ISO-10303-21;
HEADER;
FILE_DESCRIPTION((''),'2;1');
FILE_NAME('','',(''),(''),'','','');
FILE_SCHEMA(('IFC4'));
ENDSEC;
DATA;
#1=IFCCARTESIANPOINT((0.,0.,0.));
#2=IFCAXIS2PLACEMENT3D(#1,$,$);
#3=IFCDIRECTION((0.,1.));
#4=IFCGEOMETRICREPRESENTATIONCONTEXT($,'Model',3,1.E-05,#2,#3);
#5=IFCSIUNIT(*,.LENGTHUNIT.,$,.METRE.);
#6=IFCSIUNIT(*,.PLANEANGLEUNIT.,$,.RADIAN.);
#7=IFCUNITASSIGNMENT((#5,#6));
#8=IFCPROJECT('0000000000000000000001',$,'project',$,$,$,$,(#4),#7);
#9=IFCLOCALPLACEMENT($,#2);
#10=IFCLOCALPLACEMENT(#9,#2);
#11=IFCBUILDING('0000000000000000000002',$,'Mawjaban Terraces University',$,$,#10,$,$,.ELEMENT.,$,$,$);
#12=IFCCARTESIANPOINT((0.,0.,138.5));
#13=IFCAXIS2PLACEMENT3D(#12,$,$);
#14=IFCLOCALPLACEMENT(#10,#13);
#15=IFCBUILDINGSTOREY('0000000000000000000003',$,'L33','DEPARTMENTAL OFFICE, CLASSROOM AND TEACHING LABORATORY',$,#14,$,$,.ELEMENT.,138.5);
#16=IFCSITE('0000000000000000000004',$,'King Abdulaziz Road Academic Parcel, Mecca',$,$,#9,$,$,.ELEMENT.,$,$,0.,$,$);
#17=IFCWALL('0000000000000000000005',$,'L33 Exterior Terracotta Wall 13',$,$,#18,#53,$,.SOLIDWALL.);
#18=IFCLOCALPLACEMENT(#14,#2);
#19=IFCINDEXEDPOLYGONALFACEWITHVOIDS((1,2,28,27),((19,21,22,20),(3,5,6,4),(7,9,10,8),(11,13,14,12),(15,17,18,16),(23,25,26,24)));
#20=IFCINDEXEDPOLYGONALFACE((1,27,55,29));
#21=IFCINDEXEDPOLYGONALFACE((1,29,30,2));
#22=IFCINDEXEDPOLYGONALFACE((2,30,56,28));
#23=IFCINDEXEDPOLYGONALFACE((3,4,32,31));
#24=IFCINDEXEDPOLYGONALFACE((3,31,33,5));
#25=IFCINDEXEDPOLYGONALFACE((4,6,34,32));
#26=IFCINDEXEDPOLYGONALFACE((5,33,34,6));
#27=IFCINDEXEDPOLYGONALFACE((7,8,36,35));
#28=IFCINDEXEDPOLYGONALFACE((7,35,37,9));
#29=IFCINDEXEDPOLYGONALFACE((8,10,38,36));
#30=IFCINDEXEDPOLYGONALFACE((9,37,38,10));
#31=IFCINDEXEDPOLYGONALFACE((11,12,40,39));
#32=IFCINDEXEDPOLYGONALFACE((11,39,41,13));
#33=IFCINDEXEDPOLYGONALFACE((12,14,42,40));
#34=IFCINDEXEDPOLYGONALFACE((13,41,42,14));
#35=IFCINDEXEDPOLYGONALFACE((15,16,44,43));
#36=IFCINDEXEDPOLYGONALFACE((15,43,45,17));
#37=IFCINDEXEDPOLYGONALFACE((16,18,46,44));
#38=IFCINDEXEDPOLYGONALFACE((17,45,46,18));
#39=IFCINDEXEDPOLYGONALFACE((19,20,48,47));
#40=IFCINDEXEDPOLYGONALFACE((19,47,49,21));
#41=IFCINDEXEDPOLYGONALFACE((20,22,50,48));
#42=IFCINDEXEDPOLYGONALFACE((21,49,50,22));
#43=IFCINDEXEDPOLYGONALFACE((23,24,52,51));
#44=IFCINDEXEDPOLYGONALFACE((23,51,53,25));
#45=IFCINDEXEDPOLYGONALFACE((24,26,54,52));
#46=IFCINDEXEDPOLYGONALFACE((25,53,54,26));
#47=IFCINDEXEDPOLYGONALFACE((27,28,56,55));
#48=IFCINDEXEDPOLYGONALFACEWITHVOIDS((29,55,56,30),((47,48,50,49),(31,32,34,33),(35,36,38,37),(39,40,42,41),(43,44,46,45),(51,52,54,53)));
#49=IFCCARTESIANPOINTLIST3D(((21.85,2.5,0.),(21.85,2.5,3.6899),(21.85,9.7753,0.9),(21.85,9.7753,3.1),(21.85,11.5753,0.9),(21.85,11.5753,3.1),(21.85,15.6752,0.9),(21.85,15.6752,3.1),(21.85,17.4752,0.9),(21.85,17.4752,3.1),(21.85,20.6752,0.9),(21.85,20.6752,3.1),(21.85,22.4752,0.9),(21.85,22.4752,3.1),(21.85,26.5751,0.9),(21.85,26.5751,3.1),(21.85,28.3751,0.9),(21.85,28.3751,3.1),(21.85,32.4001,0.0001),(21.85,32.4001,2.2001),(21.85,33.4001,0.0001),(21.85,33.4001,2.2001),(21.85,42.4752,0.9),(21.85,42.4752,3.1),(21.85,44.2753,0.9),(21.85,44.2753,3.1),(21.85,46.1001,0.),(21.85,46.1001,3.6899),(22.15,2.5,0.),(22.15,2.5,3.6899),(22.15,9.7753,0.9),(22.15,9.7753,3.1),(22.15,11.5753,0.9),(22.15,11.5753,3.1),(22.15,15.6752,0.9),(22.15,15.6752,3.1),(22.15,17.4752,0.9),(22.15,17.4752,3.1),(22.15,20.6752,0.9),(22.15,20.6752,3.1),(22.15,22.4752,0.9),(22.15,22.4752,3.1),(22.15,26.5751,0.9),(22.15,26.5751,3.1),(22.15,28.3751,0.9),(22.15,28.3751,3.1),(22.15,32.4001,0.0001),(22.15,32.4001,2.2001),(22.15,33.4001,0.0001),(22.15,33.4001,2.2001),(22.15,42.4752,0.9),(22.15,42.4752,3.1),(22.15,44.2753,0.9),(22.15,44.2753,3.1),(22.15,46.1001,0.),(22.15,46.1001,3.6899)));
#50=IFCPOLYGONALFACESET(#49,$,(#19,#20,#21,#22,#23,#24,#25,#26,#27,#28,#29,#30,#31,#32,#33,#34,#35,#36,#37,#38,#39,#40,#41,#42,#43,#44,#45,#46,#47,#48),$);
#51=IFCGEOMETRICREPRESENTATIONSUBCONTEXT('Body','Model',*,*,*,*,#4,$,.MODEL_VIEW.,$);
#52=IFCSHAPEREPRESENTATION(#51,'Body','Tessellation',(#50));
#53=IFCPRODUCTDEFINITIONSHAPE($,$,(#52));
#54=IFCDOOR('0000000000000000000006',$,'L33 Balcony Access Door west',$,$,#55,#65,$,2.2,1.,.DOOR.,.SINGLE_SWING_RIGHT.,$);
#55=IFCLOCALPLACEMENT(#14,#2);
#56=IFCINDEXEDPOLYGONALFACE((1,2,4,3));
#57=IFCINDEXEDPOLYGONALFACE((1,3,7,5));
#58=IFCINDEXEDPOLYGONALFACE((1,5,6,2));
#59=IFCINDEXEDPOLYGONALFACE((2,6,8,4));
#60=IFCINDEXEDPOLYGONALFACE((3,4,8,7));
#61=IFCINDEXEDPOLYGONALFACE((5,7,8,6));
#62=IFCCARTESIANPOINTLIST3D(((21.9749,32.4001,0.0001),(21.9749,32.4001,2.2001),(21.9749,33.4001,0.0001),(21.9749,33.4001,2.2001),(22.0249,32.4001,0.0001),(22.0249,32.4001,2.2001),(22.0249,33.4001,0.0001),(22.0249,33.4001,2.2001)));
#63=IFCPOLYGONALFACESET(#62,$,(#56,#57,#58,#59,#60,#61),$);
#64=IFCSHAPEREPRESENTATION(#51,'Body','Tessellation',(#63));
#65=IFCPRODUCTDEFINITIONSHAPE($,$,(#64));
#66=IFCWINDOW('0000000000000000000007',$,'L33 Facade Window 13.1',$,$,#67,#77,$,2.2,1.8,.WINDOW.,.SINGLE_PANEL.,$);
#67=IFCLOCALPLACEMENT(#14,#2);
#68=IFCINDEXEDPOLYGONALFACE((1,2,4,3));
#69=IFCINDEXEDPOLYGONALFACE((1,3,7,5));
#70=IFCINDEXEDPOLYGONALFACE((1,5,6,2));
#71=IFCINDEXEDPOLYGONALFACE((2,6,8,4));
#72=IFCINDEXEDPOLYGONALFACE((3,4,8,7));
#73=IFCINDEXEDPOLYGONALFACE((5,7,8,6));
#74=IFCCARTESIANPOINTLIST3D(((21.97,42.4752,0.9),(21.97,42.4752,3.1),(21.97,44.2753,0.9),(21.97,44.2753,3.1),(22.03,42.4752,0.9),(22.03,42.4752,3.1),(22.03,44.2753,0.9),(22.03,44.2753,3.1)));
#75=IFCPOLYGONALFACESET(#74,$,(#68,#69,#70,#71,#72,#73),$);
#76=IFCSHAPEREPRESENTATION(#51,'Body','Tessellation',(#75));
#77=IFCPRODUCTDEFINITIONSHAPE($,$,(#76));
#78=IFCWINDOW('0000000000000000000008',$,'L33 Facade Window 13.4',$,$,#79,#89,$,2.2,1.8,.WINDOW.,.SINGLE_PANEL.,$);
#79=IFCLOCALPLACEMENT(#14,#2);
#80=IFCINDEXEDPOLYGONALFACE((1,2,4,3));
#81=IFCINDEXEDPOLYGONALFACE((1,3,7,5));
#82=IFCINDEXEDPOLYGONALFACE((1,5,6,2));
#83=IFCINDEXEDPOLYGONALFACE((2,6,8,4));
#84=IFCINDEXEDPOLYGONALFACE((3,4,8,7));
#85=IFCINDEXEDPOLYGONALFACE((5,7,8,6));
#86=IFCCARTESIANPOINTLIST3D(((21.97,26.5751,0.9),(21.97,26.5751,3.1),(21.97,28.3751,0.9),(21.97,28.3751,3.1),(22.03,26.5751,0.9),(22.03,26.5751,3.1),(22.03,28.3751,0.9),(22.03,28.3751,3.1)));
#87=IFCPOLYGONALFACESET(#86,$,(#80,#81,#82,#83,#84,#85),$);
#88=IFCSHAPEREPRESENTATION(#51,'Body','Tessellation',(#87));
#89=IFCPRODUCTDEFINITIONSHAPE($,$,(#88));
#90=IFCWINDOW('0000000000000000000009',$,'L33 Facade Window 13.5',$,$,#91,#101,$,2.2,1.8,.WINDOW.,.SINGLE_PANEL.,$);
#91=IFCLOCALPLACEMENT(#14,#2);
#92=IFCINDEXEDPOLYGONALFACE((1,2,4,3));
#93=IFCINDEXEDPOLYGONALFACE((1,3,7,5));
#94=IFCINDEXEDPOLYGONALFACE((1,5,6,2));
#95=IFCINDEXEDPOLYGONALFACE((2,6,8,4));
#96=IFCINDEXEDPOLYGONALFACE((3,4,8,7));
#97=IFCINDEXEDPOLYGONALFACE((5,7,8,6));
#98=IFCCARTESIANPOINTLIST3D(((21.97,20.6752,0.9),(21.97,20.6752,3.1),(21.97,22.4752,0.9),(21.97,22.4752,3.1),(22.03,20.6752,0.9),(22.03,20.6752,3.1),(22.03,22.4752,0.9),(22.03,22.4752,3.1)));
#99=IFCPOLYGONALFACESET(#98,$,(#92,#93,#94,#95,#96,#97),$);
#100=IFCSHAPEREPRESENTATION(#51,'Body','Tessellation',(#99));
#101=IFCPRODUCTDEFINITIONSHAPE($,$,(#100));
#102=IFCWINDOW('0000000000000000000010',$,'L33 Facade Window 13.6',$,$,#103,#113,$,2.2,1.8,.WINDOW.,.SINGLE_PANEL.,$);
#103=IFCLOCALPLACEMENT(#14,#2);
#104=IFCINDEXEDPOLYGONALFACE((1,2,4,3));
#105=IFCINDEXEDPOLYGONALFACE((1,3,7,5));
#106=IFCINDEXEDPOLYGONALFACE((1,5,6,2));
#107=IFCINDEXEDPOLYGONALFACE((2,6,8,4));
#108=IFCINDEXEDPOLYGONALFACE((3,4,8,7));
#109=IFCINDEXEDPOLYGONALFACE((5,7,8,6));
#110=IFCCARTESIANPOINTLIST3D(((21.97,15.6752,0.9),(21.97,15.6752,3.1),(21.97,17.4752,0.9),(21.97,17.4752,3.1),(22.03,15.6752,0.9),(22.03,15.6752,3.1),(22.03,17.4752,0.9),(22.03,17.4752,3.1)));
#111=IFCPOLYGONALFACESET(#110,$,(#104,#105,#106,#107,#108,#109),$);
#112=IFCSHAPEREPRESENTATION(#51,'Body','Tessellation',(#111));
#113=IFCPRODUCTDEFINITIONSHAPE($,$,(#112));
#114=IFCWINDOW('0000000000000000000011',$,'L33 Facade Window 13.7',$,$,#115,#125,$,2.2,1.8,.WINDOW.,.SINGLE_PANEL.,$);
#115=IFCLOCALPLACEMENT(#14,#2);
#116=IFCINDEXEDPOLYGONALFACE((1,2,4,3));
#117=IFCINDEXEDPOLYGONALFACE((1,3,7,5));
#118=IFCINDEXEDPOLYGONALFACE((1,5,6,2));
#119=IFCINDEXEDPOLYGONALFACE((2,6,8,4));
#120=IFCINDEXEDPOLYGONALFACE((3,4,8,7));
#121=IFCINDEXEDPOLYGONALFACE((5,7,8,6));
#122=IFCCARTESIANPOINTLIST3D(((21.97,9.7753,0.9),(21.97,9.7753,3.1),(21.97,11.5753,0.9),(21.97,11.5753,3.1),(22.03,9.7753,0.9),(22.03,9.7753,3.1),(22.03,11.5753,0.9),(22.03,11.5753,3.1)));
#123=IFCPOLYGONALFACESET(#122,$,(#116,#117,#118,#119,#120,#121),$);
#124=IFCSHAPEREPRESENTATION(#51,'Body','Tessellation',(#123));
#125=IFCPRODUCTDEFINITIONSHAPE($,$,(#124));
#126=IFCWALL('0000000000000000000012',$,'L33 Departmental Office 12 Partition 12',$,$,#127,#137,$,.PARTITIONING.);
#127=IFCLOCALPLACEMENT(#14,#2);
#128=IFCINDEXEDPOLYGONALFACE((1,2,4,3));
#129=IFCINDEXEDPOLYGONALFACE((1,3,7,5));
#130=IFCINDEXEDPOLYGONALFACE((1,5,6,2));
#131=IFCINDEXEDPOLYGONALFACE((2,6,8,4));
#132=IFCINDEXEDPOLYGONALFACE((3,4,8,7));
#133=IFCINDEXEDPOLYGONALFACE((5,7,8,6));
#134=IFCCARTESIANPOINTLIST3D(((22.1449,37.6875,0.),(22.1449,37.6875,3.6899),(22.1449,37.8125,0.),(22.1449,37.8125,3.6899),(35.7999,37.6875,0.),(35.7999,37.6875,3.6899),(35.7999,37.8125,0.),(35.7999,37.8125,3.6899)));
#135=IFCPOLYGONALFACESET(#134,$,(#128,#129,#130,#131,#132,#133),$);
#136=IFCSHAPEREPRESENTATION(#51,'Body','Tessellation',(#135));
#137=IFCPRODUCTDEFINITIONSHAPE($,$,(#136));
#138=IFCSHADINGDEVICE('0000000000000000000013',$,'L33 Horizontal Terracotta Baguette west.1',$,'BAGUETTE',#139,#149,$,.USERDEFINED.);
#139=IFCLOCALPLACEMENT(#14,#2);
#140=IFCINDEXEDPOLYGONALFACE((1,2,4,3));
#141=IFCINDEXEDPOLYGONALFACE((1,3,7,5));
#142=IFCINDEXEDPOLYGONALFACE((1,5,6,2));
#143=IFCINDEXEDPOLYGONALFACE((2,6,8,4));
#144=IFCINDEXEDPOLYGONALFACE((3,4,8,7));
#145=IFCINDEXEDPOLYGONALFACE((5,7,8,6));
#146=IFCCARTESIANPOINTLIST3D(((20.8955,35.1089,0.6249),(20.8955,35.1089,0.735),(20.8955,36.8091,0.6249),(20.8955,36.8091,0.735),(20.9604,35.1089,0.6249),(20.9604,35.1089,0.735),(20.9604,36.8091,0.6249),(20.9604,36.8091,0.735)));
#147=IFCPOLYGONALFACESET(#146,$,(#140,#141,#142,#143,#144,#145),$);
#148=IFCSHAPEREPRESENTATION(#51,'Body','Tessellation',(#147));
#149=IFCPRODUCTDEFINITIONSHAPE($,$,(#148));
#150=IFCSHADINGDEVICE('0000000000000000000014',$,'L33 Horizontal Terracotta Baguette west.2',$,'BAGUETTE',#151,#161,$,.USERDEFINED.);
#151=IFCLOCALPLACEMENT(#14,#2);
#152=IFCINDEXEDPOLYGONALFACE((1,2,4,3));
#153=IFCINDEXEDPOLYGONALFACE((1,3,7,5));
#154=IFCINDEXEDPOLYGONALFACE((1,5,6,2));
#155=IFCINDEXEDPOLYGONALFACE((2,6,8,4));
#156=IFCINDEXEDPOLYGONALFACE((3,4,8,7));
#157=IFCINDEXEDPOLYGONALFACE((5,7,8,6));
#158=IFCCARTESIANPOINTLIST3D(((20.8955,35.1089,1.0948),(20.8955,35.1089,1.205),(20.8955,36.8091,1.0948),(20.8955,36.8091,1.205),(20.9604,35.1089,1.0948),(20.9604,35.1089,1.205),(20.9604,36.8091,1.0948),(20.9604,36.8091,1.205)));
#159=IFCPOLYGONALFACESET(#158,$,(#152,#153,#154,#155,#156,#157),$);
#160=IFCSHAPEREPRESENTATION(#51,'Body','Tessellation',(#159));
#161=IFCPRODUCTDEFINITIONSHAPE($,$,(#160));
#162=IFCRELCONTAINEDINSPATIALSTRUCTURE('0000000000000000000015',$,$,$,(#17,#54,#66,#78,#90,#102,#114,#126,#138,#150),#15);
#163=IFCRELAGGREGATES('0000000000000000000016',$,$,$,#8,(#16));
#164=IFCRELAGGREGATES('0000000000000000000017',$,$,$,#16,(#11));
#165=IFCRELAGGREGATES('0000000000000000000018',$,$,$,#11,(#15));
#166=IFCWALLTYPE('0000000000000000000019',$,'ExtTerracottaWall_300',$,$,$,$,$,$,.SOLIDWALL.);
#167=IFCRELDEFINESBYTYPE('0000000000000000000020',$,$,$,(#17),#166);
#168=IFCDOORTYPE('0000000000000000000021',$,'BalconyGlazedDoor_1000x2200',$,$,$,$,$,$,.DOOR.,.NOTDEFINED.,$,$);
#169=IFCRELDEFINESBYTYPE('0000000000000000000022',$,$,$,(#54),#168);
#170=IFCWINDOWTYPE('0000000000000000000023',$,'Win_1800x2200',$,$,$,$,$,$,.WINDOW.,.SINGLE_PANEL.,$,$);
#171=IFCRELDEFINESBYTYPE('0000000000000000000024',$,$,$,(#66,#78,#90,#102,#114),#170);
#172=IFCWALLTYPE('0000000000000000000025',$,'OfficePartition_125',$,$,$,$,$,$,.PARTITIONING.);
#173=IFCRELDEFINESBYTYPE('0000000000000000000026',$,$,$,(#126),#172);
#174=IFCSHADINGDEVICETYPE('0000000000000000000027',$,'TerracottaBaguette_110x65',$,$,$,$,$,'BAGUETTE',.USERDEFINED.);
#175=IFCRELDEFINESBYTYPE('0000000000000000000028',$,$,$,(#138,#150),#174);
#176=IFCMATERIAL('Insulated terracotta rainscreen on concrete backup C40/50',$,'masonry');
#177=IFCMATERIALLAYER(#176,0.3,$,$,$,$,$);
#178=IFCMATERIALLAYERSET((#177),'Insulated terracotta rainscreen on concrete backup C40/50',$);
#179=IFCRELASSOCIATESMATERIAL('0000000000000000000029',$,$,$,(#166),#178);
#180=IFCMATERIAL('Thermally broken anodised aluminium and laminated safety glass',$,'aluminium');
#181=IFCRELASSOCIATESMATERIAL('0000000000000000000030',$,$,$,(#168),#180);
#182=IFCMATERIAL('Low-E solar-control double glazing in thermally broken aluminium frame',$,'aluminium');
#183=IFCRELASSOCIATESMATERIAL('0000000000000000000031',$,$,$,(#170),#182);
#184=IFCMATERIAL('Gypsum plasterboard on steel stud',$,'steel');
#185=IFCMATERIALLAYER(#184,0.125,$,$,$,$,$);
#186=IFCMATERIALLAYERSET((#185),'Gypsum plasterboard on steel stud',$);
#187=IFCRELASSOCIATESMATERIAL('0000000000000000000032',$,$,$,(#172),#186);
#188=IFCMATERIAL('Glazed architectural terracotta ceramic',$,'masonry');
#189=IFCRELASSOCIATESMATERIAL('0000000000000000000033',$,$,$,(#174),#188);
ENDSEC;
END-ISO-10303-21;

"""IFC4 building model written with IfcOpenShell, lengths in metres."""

from ifc_helpers import new_model, si_unit, direction, frame, frame_2d, origin, origin_2d, place, context, subcontext, project, spatial, rectangle, extrude, material, layer, layer_set, material_profile, profile_set, type_object, element, fill, save


model = new_model("IFC4")

# Units and contexts
model_context = context("Model", 3, precision=1e-05, world=origin(), true_north=direction((0.0, 1.0)))
body_context = subcontext(model_context, "Body", "Model", "MODEL_VIEW")
ifc_project = project(units=[si_unit("LENGTHUNIT", "METRE"), si_unit("PLANEANGLEUNIT", "RADIAN")], contexts=[model_context])

# Site, building, storey
site_placement = place(None, origin())
site = spatial("IfcSite", under=ifc_project, at=site_placement, Name="King Abdulaziz Road Academic Parcel, Mecca", CompositionType="ELEMENT", RefElevation=0.0)
building_placement = place(site_placement, origin())
building = spatial("IfcBuilding", under=site, at=building_placement, Name="Mawjaban Terraces University", CompositionType="ELEMENT")
storey_placement = place(building_placement, frame((0.0, 0.0, 138.5)))
storey = spatial("IfcBuildingStorey", under=building, at=storey_placement, Name="L33", Description="DEPARTMENTAL OFFICE, CLASSROOM AND TEACHING LABORATORY", CompositionType="ELEMENT", Elevation=138.5)

# Shared definitions
ifc_material_1 = material(Name="Insulated terracotta rainscreen on concrete backup C40/50", Category="masonry")
ifc_layer_1 = layer(ifc_material_1, 0.3)
ifc_layer_set_1 = layer_set([ifc_layer_1], Name="Insulated terracotta rainscreen on concrete backup C40/50")
wall_type_1 = type_object("IfcWallType", Name="ExtTerracottaWall_300", PredefinedType="SOLIDWALL", material=ifc_layer_set_1)
ifc_material_2 = material(Name="Low-E solar-control double glazing in thermally broken aluminium frame", Category="aluminium")

# Wall, openings, door, windows
wall_1_placement = place(storey_placement, frame((22.0, 46.1001, 0.0), z_axis=(0.0, 0.0, 1.0), x_axis=(0.0, -1.0, 0.0)))
wall_1 = element("IfcWall", 1, at=wall_1_placement, inside=storey, type_object=wall_type_1, Name="L33 Exterior Terracotta Wall 13", PredefinedType="SOLIDWALL", context=body_context, shape_type="SweptSolid", body=[
    extrude(rectangle(XDim=43.6001, YDim=0.3, at=frame_2d((21.8, 0.0))), origin(), (0.0, 0.0, 1.0), 3.6899),
])
opening_1_placement = place(wall_1_placement, frame((12.7, 0.0, 0.0)))
opening_1 = element("IfcOpeningElement", 2, at=opening_1_placement, cuts=wall_1, PredefinedType="OPENING", context=body_context, shape_type="SweptSolid", body=[
    extrude(rectangle(XDim=1.0, YDim=2.2, at=frame_2d((0.5, 1.1001))), frame((0.0, 0.1599, 0.0), z_axis=(0.0, -1.0, 0.0), x_axis=(1.0, 0.0, 0.0)), (0.0, 0.0, 1.0), 0.3201),
])
opening_2_placement = place(wall_1_placement, frame((1.825, 0.0, 0.8999)))
opening_2 = element("IfcOpeningElement", 3, at=opening_2_placement, cuts=wall_1, PredefinedType="OPENING", context=body_context, shape_type="SweptSolid", body=[
    extrude(rectangle(XDim=1.8, YDim=2.2, at=frame_2d((0.8999, 1.1001))), frame((0.0, 0.1599, 0.0), z_axis=(0.0, -1.0, 0.0), x_axis=(1.0, 0.0, 0.0)), (0.0, 0.0, 1.0), 0.3201),
])
opening_3_placement = place(wall_1_placement, frame((17.7251, 0.0, 0.8999)))
opening_3 = element("IfcOpeningElement", 4, at=opening_3_placement, cuts=wall_1, PredefinedType="OPENING", context=body_context, shape_type="SweptSolid", body=[
    extrude(rectangle(XDim=1.8, YDim=2.2, at=frame_2d((0.8999, 1.1001))), frame((0.0, 0.1599, 0.0), z_axis=(0.0, -1.0, 0.0), x_axis=(1.0, 0.0, 0.0)), (0.0, 0.0, 1.0), 0.3201),
])
opening_4_placement = place(wall_1_placement, frame((23.625, 0.0, 0.8999)))
opening_4 = element("IfcOpeningElement", 5, at=opening_4_placement, cuts=wall_1, PredefinedType="OPENING", context=body_context, shape_type="SweptSolid", body=[
    extrude(rectangle(XDim=1.8, YDim=2.2, at=frame_2d((0.8999, 1.1001))), frame((0.0, 0.1599, 0.0), z_axis=(0.0, -1.0, 0.0), x_axis=(1.0, 0.0, 0.0)), (0.0, 0.0, 1.0), 0.3201),
])
opening_5_placement = place(wall_1_placement, frame((28.625, 0.0, 0.8999)))
opening_5 = element("IfcOpeningElement", 6, at=opening_5_placement, cuts=wall_1, PredefinedType="OPENING", context=body_context, shape_type="SweptSolid", body=[
    extrude(rectangle(XDim=1.8, YDim=2.2, at=frame_2d((0.8999, 1.1001))), frame((0.0, 0.1599, 0.0), z_axis=(0.0, -1.0, 0.0), x_axis=(1.0, 0.0, 0.0)), (0.0, 0.0, 1.0), 0.3201),
])
opening_6_placement = place(wall_1_placement, frame((34.5249, 0.0, 0.8999)))
opening_6 = element("IfcOpeningElement", 7, at=opening_6_placement, cuts=wall_1, PredefinedType="OPENING", context=body_context, shape_type="SweptSolid", body=[
    extrude(rectangle(XDim=1.8, YDim=2.2, at=frame_2d((0.8999, 1.1001))), frame((0.0, 0.1599, 0.0), z_axis=(0.0, -1.0, 0.0), x_axis=(1.0, 0.0, 0.0)), (0.0, 0.0, 1.0), 0.3201),
])
ifc_material_3 = material(Name="Thermally broken anodised aluminium and laminated safety glass", Category="aluminium")
door_type_1 = type_object("IfcDoorType", Name="BalconyGlazedDoor_1000x2200", OperationType="NOTDEFINED", PredefinedType="DOOR", material=ifc_material_3)
door_1_placement = place(opening_1_placement, origin())
door_1 = element("IfcDoor", 8, at=door_1_placement, inside=storey, type_object=door_type_1, Name="L33 Balcony Access Door west", OperationType="SINGLE_SWING_RIGHT", OverallHeight=2.2, OverallWidth=1.0, PredefinedType="DOOR", context=body_context, shape_type="SweptSolid", body=[
    extrude(rectangle(XDim=1.0, YDim=2.2, at=frame_2d((0.5, 1.1001))), frame((0.0, 0.0249, 0.0), z_axis=(0.0, -1.0, 0.0), x_axis=(1.0, 0.0, 0.0)), (0.0, 0.0, 1.0), 0.05),
])
fill(opening_1, door_1)
window_type_1 = type_object("IfcWindowType", Name="Win_1800x2200", PartitioningType="SINGLE_PANEL", PredefinedType="WINDOW", material=ifc_material_2)
window_1_placement = place(opening_2_placement, origin())
window_1 = element("IfcWindow", 9, at=window_1_placement, inside=storey, type_object=window_type_1, Name="L33 Facade Window 13.1", OverallHeight=2.2, OverallWidth=1.8, PartitioningType="SINGLE_PANEL", PredefinedType="WINDOW", context=body_context, shape_type="SweptSolid", body=[
    extrude(rectangle(XDim=1.8, YDim=2.2, at=frame_2d((0.8999, 1.1001))), frame((0.0, 0.03, 0.0), z_axis=(0.0, -1.0, 0.0), x_axis=(1.0, 0.0, 0.0)), (0.0, 0.0, 1.0), 0.0601),
])
fill(opening_2, window_1)
window_2_placement = place(opening_3_placement, origin())
window_2 = element("IfcWindow", 10, at=window_2_placement, inside=storey, type_object=window_type_1, Name="L33 Facade Window 13.4", OverallHeight=2.2, OverallWidth=1.8, PartitioningType="SINGLE_PANEL", PredefinedType="WINDOW", context=body_context, shape_type="SweptSolid", body=[
    extrude(rectangle(XDim=1.8, YDim=2.2, at=frame_2d((0.8999, 1.1001))), frame((0.0, 0.03, 0.0), z_axis=(0.0, -1.0, 0.0), x_axis=(1.0, 0.0, 0.0)), (0.0, 0.0, 1.0), 0.0601),
])
fill(opening_3, window_2)
window_3_placement = place(opening_4_placement, origin())
window_3 = element("IfcWindow", 11, at=window_3_placement, inside=storey, type_object=window_type_1, Name="L33 Facade Window 13.5", OverallHeight=2.2, OverallWidth=1.8, PartitioningType="SINGLE_PANEL", PredefinedType="WINDOW", context=body_context, shape_type="SweptSolid", body=[
    extrude(rectangle(XDim=1.8, YDim=2.2, at=frame_2d((0.8999, 1.1001))), frame((0.0, 0.03, 0.0), z_axis=(0.0, -1.0, 0.0), x_axis=(1.0, 0.0, 0.0)), (0.0, 0.0, 1.0), 0.0601),
])
fill(opening_4, window_3)
window_4_placement = place(opening_5_placement, origin())
window_4 = element("IfcWindow", 12, at=window_4_placement, inside=storey, type_object=window_type_1, Name="L33 Facade Window 13.6", OverallHeight=2.2, OverallWidth=1.8, PartitioningType="SINGLE_PANEL", PredefinedType="WINDOW", context=body_context, shape_type="SweptSolid", body=[
    extrude(rectangle(XDim=1.8, YDim=2.2, at=frame_2d((0.8999, 1.1001))), frame((0.0, 0.03, 0.0), z_axis=(0.0, -1.0, 0.0), x_axis=(1.0, 0.0, 0.0)), (0.0, 0.0, 1.0), 0.0601),
])
fill(opening_5, window_4)
window_5_placement = place(opening_6_placement, origin())
window_5 = element("IfcWindow", 13, at=window_5_placement, inside=storey, type_object=window_type_1, Name="L33 Facade Window 13.7", OverallHeight=2.2, OverallWidth=1.8, PartitioningType="SINGLE_PANEL", PredefinedType="WINDOW", context=body_context, shape_type="SweptSolid", body=[
    extrude(rectangle(XDim=1.8, YDim=2.2, at=frame_2d((0.8999, 1.1001))), frame((0.0, 0.03, 0.0), z_axis=(0.0, -1.0, 0.0), x_axis=(1.0, 0.0, 0.0)), (0.0, 0.0, 1.0), 0.0601),
])
fill(opening_6, window_5)

# Wall
ifc_material_4 = material(Name="Gypsum plasterboard on steel stud", Category="steel")
ifc_layer_2 = layer(ifc_material_4, 0.125)
ifc_layer_set_2 = layer_set([ifc_layer_2], Name="Gypsum plasterboard on steel stud")
wall_type_2 = type_object("IfcWallType", Name="OfficePartition_125", PredefinedType="PARTITIONING", material=ifc_layer_set_2)
wall_2_placement = place(storey_placement, frame((35.8, 37.75, 0.0), z_axis=(0.0, 0.0, 1.0), x_axis=(-1.0, 0.0, 0.0)))
element("IfcWall", 14, at=wall_2_placement, inside=storey, type_object=wall_type_2, Name="L33 Departmental Office 12 Partition 12", PredefinedType="PARTITIONING", context=body_context, shape_type="SweptSolid", body=[
    extrude(rectangle(XDim=13.655, YDim=0.125, at=frame_2d((6.8276, 0.0))), origin(), (0.0, 0.0, 1.0), 3.6899),
])

# Shading devices
ifc_material_5 = material(Name="Glazed architectural terracotta ceramic", Category="masonry")
ifc_material_profile_1 = material_profile(ifc_material_5, rectangle(XDim=0.0649, YDim=0.1101, at=origin_2d()), Name="TBAG110X65")
ifc_profile_set_1 = profile_set([ifc_material_profile_1], Name="Glazed architectural terracotta ceramic")
shading_device_type_1 = type_object("IfcShadingDeviceType", Name="TerracottaBaguette_110x65", ElementType="BAGUETTE", PredefinedType="USERDEFINED", material=ifc_profile_set_1)
for number, where, z_axis, x_axis, name in (
    (15, (20.928, 35.1089, 0.6799), (0.0, 1.0, 0.0), (-1.0, 0.0, 0.0), "L33 Horizontal Terracotta Baguette west.1"),
    (16, (20.928, 35.1089, 1.1499), (0.0, 1.0, 0.0), (-1.0, 0.0, 0.0), "L33 Horizontal Terracotta Baguette west.2"),
):
    element("IfcShadingDevice", number, at=place(storey_placement, frame(where, z_axis=z_axis, x_axis=x_axis)), inside=storey, type_object=shading_device_type_1, Name=name, ObjectType="BAGUETTE", PredefinedType="USERDEFINED", context=body_context, shape_type="SweptSolid", body=[
        extrude(rectangle(XDim=0.0649, YDim=0.1101, at=origin_2d()), origin(), (0.0, 0.0, 1.0), 1.7002),
    ])

save(model, "model.ifc")
